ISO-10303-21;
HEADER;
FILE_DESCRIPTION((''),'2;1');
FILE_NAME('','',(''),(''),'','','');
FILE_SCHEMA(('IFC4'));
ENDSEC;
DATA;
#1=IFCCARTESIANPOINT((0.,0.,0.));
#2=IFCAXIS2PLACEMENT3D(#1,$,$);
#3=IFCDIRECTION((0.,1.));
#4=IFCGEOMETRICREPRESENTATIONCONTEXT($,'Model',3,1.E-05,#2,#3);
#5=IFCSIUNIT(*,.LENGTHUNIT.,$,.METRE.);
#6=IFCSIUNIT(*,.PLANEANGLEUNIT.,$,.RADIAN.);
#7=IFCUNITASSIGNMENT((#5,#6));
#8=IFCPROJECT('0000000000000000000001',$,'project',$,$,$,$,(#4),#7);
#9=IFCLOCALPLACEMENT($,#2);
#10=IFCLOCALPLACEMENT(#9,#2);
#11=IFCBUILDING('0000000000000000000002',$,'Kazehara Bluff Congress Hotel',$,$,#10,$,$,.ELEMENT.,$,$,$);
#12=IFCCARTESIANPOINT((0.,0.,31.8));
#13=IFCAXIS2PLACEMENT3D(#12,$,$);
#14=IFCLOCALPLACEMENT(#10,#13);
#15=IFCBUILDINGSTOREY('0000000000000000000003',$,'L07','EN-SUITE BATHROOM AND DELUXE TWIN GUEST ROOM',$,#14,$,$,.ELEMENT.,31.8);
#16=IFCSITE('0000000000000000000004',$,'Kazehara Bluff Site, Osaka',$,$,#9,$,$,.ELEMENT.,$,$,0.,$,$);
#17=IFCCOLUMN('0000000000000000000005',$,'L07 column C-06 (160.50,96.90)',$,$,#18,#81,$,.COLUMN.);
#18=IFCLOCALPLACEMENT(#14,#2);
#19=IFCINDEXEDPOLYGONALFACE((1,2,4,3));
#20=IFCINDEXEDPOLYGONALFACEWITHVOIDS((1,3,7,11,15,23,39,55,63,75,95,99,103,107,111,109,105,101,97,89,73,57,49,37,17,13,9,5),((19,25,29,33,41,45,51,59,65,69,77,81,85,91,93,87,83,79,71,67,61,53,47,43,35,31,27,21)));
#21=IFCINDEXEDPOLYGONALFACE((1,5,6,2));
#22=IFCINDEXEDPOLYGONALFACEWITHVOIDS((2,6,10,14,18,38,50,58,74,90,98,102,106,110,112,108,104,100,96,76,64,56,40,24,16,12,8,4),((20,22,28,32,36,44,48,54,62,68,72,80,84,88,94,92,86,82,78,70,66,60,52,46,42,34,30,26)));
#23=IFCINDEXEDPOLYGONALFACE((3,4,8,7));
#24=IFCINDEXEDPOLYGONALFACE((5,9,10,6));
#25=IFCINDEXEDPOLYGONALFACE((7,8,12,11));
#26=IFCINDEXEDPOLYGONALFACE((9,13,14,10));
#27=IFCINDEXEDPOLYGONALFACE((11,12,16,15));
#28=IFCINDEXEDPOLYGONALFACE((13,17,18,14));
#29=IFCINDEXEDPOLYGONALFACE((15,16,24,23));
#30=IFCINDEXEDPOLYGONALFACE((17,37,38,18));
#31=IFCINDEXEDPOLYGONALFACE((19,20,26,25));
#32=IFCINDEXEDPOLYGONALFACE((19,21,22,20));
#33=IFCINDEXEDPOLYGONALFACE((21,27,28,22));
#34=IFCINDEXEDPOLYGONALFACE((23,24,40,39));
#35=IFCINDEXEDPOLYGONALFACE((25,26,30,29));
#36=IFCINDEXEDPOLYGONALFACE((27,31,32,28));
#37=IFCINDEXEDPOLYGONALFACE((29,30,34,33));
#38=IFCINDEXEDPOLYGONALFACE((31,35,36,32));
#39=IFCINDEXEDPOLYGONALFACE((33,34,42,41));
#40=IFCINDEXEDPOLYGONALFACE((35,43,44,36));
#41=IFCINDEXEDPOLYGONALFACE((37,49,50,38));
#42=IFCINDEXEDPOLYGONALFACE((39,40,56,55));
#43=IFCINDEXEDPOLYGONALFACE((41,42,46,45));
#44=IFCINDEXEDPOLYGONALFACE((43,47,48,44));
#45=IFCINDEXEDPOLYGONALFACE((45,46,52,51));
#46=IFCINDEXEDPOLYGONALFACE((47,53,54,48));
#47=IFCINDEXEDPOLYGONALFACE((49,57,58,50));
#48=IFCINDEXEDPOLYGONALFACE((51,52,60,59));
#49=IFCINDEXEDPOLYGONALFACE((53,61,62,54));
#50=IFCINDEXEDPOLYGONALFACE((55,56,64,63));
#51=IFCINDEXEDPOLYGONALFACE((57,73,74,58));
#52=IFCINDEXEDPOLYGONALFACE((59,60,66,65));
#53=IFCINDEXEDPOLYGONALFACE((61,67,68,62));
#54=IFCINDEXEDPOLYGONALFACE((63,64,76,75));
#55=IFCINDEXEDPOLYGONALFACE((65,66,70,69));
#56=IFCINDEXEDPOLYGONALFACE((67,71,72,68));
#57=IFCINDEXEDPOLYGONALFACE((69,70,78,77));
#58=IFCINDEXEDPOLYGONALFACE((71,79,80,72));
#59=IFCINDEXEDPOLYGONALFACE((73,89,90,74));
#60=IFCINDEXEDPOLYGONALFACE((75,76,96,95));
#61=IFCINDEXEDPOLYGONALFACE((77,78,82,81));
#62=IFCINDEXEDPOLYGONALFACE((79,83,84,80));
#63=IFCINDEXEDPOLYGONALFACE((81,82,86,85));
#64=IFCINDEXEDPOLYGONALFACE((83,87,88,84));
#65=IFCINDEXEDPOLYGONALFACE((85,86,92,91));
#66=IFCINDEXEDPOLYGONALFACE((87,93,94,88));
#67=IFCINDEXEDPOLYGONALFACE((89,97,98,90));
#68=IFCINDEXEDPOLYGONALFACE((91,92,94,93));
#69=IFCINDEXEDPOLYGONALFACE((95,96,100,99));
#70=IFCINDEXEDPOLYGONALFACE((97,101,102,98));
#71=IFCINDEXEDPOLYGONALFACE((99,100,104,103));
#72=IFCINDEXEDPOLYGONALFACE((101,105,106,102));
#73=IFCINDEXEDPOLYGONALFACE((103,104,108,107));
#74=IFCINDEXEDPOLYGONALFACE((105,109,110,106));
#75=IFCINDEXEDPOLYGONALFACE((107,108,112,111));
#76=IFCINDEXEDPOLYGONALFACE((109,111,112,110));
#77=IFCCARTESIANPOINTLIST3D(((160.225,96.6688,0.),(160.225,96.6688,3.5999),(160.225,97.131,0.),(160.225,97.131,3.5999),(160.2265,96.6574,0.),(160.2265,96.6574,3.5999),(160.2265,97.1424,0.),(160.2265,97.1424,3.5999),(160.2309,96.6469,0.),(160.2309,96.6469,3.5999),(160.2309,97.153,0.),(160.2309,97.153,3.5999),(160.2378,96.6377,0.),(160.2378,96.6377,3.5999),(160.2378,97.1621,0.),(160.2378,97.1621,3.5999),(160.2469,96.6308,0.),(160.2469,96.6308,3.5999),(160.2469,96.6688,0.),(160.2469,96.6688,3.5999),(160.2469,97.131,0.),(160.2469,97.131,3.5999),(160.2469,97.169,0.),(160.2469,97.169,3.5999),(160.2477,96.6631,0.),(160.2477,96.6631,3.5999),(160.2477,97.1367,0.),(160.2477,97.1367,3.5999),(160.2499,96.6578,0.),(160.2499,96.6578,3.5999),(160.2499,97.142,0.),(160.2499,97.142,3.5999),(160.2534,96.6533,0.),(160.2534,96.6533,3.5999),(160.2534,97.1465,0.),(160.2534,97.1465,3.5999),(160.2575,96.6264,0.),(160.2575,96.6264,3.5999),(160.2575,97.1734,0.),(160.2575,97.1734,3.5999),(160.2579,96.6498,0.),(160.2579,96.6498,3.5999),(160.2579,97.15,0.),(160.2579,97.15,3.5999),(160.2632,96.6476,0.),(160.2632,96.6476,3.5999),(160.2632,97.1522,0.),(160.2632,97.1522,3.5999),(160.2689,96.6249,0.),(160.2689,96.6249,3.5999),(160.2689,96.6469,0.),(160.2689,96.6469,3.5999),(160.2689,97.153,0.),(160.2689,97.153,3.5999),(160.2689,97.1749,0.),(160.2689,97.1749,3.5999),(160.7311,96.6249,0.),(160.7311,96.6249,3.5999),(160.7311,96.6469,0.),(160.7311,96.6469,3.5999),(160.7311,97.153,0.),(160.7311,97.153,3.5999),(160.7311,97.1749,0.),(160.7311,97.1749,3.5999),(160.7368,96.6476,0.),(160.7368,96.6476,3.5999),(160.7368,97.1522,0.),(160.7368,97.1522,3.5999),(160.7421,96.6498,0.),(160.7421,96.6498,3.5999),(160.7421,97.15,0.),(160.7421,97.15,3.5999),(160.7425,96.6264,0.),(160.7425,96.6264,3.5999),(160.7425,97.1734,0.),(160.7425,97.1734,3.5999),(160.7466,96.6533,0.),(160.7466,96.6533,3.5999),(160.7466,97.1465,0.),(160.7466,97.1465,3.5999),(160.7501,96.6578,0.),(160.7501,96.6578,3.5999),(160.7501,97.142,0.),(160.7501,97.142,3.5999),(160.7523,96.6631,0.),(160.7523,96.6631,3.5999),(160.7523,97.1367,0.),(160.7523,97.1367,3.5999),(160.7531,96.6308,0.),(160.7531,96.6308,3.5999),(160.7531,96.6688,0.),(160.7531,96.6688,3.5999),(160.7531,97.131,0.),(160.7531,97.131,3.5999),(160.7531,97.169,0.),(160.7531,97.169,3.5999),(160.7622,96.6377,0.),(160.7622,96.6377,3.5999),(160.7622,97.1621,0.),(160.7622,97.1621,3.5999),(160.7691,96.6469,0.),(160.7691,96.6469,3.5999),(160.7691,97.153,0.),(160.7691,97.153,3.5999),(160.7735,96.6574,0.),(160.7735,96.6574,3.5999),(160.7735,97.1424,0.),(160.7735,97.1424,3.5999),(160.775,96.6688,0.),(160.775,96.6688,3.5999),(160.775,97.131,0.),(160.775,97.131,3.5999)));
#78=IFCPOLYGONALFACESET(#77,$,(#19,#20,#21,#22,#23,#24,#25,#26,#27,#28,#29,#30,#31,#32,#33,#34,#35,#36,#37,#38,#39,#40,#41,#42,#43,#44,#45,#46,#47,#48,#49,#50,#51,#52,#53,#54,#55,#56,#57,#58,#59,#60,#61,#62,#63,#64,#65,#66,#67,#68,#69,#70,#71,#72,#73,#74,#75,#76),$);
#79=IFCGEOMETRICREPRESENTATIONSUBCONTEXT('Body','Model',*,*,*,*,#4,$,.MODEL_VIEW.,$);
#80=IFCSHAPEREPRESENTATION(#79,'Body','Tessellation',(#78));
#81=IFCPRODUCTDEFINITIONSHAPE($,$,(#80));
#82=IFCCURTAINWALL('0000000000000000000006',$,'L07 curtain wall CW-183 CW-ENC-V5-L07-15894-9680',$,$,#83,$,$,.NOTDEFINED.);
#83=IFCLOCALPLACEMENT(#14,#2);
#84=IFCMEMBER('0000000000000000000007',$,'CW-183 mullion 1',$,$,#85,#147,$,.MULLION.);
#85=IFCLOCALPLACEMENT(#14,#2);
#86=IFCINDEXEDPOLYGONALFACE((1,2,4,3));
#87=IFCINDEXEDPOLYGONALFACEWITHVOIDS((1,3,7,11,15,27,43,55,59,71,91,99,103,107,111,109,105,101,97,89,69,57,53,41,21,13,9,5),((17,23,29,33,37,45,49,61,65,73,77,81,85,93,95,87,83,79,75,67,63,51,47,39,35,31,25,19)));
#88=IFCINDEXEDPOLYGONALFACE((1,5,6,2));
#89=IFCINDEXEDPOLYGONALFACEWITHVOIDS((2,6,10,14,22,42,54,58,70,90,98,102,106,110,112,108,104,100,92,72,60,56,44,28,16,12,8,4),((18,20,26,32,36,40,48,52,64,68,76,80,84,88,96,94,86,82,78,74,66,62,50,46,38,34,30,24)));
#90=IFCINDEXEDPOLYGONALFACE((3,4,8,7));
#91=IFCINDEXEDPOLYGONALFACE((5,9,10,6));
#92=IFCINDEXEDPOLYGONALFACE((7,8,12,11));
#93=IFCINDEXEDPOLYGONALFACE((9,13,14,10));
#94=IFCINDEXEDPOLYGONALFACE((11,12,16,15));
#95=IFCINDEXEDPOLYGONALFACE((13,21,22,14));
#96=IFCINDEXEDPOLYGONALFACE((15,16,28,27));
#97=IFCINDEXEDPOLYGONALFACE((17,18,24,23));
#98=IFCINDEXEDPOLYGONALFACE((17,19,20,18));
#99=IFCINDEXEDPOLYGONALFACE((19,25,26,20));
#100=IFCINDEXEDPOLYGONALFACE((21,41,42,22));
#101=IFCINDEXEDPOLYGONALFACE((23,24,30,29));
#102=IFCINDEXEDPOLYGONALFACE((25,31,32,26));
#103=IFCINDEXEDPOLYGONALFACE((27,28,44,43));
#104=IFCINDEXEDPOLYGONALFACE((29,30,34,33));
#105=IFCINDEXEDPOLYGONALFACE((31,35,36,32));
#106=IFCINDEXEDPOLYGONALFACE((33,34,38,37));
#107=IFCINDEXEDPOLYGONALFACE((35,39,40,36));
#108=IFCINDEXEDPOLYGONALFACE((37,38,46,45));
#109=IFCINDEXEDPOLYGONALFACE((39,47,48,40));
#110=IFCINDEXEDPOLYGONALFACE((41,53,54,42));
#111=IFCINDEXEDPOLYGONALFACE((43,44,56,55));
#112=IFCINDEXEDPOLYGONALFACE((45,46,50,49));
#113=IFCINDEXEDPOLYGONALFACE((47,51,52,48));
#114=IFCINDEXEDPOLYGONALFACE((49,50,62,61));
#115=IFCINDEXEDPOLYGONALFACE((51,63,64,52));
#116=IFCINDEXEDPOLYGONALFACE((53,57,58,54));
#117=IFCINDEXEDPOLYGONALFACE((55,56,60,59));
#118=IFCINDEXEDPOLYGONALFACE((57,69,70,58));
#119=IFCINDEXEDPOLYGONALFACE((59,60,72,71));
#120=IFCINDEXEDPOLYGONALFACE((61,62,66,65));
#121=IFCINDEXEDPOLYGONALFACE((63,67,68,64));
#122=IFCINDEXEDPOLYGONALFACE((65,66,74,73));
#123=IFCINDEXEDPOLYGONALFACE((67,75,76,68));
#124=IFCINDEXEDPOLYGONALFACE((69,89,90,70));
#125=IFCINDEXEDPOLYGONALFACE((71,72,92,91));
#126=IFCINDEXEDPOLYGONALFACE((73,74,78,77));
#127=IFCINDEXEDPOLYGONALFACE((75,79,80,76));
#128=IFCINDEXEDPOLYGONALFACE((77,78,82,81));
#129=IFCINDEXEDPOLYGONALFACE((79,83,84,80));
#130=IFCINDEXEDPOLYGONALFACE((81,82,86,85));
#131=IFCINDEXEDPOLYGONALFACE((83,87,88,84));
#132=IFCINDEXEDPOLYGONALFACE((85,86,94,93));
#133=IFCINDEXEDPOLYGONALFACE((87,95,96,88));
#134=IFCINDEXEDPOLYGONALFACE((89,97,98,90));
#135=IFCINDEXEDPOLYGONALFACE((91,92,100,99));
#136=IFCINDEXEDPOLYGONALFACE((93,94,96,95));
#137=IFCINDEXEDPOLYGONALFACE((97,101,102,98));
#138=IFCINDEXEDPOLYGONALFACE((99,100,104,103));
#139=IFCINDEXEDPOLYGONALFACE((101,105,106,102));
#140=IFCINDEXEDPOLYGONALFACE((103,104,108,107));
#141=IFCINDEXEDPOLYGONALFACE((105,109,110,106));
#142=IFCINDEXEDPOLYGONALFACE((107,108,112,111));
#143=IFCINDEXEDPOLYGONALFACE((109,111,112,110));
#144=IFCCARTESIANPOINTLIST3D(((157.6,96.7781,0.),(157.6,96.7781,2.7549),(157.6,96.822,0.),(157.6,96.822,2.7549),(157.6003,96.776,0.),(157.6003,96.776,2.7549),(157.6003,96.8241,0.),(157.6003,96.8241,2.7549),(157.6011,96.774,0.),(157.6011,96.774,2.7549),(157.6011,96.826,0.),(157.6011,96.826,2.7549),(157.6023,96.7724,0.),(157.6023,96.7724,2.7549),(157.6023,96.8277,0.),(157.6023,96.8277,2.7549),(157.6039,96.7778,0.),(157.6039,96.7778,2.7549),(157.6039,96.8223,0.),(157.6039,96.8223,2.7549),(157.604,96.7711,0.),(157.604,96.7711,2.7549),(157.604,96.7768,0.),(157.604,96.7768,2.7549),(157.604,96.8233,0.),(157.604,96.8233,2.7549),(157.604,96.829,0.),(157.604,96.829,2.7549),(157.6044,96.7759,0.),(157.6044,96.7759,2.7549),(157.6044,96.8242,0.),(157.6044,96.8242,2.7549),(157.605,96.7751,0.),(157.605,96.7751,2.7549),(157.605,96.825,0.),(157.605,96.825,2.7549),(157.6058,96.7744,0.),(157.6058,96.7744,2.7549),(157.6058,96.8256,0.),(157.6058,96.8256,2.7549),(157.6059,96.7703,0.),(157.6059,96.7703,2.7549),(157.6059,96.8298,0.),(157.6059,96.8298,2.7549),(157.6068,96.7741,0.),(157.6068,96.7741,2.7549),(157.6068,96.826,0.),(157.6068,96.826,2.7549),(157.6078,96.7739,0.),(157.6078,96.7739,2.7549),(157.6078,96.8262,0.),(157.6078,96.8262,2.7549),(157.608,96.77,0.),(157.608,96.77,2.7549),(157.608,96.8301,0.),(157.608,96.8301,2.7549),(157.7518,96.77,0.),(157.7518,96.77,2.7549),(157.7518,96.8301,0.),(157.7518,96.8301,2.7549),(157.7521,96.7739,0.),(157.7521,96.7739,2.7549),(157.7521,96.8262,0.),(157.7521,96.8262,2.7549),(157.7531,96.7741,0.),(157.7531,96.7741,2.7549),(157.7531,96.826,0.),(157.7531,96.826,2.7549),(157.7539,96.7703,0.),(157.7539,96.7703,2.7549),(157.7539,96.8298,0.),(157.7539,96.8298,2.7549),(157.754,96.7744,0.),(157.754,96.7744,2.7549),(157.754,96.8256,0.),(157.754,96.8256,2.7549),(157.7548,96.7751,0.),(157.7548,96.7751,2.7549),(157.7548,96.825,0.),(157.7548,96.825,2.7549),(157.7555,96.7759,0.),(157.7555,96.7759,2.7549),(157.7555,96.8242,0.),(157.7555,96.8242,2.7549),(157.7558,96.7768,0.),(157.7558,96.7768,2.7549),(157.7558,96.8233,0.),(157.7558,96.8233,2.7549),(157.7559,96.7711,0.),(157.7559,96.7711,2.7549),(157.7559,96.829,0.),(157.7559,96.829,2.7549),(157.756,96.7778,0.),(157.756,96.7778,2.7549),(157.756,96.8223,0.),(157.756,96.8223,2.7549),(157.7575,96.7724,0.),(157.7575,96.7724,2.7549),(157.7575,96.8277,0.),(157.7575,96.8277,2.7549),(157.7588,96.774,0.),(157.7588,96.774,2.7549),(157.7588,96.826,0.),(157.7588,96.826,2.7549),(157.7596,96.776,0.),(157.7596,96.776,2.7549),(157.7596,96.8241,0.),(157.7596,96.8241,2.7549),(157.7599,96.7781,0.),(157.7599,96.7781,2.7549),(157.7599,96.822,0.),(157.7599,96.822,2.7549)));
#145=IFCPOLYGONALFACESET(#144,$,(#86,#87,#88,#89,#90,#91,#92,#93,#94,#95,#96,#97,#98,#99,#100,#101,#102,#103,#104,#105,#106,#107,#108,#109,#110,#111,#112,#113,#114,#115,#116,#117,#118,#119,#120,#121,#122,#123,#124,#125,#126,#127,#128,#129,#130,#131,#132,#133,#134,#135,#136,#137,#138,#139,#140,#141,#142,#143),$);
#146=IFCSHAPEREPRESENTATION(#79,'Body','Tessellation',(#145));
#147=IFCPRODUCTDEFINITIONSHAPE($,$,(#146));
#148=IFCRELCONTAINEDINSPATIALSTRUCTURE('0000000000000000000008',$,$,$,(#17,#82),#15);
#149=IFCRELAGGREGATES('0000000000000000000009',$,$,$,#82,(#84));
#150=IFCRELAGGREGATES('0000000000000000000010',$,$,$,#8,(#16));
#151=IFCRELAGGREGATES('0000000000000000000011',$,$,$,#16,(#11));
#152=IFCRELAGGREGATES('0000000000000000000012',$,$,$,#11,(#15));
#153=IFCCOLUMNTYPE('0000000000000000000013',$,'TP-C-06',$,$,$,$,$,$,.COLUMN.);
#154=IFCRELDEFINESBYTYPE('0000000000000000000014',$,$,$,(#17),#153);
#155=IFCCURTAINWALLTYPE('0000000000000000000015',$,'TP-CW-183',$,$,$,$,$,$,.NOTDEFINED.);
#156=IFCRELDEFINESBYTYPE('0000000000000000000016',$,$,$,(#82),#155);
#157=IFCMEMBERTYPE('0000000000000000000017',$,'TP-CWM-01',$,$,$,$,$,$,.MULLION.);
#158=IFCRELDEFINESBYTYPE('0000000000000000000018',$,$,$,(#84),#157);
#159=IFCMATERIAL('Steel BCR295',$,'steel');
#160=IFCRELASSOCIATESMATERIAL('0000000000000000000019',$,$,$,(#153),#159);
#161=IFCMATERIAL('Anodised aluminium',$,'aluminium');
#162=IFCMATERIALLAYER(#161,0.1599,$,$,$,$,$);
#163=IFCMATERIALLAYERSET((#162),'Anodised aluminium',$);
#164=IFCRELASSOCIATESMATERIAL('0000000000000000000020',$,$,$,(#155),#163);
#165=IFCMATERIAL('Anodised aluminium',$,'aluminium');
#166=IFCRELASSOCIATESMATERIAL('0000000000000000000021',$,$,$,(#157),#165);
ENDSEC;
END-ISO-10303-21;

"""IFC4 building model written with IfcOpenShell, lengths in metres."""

from ifc_helpers import new_model, si_unit, direction, frame, origin, origin_2d, place, context, subcontext, project, spatial, hollow_rectangle, extrude, material, layer, layer_set, material_profile, profile_set, type_object, element, aggregate, save


model = new_model("IFC4")

# Units and contexts
model_context = context("Model", 3, precision=1e-05, world=origin(), true_north=direction((0.0, 1.0)))
body_context = subcontext(model_context, "Body", "Model", "MODEL_VIEW")
ifc_project = project(units=[si_unit("LENGTHUNIT", "METRE"), si_unit("PLANEANGLEUNIT", "RADIAN")], contexts=[model_context])

# Site, building, storey
site_placement = place(None, origin())
site = spatial("IfcSite", under=ifc_project, at=site_placement, Name="Kazehara Bluff Site, Osaka", CompositionType="ELEMENT", RefElevation=0.0)
building_placement = place(site_placement, origin())
building = spatial("IfcBuilding", under=site, at=building_placement, Name="Kazehara Bluff Congress Hotel", CompositionType="ELEMENT")
storey_placement = place(building_placement, frame((0.0, 0.0, 31.8)))
storey = spatial("IfcBuildingStorey", under=building, at=storey_placement, Name="L07", Description="EN-SUITE BATHROOM AND DELUXE TWIN GUEST ROOM", CompositionType="ELEMENT", Elevation=31.8)

# Column
ifc_material_1 = material(Name="Steel BCR295", Category="steel")
ifc_material_profile_1 = material_profile(ifc_material_1, hollow_rectangle(XDim=0.55, YDim=0.55, WallThickness=0.022, InnerFilletRadius=0.022, OuterFilletRadius=0.0439, at=origin_2d()))
ifc_profile_set_1 = profile_set([ifc_material_profile_1], Name="Steel BCR295")
column_type = type_object("IfcColumnType", Name="TP-C-06", PredefinedType="COLUMN", material=ifc_profile_set_1)
column_placement = place(storey_placement, frame((160.5, 96.8999, 0.0), z_axis=(0.0, 0.0, 1.0), x_axis=(1.0, 0.0, 0.0)))
element("IfcColumn", 1, at=column_placement, inside=storey, type_object=column_type, Name="L07 column C-06 (160.50,96.90)", PredefinedType="COLUMN", context=body_context, shape_type="SweptSolid", body=[
    extrude(hollow_rectangle(XDim=0.55, YDim=0.55, WallThickness=0.022, InnerFilletRadius=0.022, OuterFilletRadius=0.0439, at=origin_2d()), origin(), (0.0, 0.0, 1.0), 3.5999),
])

# Curtain wall, member
ifc_material_2 = material(Name="Anodised aluminium", Category="aluminium")
ifc_layer_1 = layer(ifc_material_2, 0.1599)
ifc_layer_set_1 = layer_set([ifc_layer_1], Name="Anodised aluminium")
curtain_wall_type_1 = type_object("IfcCurtainWallType", Name="TP-CW-183", PredefinedType="NOTDEFINED", material=ifc_layer_set_1)
curtain_wall_1_placement = place(storey_placement, origin())
curtain_wall_1 = element("IfcCurtainWall", 2, at=curtain_wall_1_placement, inside=storey, type_object=curtain_wall_type_1, Name="L07 curtain wall CW-183 CW-ENC-V5-L07-15894-9680", PredefinedType="NOTDEFINED")
ifc_material_3 = material(Name="Anodised aluminium", Category="aluminium")
ifc_material_profile_2 = material_profile(ifc_material_3, hollow_rectangle(XDim=0.0601, YDim=0.1599, WallThickness=0.0039, InnerFilletRadius=0.0039, OuterFilletRadius=0.0081, at=origin_2d()))
ifc_profile_set_2 = profile_set([ifc_material_profile_2], Name="Anodised aluminium")
member_type_1 = type_object("IfcMemberType", Name="TP-CWM-01", PredefinedType="MULLION", material=ifc_profile_set_2)
member_1_placement = place(storey_placement, frame((157.6799, 96.8, 0.0), z_axis=(0.0, 0.0, 1.0), x_axis=(0.0, 1.0, 0.0)))
member_1 = element("IfcMember", 3, at=member_1_placement, type_object=member_type_1, Name="CW-183 mullion 1", PredefinedType="MULLION", context=body_context, shape_type="SweptSolid", body=[
    extrude(hollow_rectangle(XDim=0.0601, YDim=0.1599, WallThickness=0.0039, InnerFilletRadius=0.0039, OuterFilletRadius=0.0081, at=origin_2d()), origin(), (0.0, 0.0, 1.0), 2.7549),
])

aggregate(curtain_wall_1, [member_1])

save(model, "model.ifc")
